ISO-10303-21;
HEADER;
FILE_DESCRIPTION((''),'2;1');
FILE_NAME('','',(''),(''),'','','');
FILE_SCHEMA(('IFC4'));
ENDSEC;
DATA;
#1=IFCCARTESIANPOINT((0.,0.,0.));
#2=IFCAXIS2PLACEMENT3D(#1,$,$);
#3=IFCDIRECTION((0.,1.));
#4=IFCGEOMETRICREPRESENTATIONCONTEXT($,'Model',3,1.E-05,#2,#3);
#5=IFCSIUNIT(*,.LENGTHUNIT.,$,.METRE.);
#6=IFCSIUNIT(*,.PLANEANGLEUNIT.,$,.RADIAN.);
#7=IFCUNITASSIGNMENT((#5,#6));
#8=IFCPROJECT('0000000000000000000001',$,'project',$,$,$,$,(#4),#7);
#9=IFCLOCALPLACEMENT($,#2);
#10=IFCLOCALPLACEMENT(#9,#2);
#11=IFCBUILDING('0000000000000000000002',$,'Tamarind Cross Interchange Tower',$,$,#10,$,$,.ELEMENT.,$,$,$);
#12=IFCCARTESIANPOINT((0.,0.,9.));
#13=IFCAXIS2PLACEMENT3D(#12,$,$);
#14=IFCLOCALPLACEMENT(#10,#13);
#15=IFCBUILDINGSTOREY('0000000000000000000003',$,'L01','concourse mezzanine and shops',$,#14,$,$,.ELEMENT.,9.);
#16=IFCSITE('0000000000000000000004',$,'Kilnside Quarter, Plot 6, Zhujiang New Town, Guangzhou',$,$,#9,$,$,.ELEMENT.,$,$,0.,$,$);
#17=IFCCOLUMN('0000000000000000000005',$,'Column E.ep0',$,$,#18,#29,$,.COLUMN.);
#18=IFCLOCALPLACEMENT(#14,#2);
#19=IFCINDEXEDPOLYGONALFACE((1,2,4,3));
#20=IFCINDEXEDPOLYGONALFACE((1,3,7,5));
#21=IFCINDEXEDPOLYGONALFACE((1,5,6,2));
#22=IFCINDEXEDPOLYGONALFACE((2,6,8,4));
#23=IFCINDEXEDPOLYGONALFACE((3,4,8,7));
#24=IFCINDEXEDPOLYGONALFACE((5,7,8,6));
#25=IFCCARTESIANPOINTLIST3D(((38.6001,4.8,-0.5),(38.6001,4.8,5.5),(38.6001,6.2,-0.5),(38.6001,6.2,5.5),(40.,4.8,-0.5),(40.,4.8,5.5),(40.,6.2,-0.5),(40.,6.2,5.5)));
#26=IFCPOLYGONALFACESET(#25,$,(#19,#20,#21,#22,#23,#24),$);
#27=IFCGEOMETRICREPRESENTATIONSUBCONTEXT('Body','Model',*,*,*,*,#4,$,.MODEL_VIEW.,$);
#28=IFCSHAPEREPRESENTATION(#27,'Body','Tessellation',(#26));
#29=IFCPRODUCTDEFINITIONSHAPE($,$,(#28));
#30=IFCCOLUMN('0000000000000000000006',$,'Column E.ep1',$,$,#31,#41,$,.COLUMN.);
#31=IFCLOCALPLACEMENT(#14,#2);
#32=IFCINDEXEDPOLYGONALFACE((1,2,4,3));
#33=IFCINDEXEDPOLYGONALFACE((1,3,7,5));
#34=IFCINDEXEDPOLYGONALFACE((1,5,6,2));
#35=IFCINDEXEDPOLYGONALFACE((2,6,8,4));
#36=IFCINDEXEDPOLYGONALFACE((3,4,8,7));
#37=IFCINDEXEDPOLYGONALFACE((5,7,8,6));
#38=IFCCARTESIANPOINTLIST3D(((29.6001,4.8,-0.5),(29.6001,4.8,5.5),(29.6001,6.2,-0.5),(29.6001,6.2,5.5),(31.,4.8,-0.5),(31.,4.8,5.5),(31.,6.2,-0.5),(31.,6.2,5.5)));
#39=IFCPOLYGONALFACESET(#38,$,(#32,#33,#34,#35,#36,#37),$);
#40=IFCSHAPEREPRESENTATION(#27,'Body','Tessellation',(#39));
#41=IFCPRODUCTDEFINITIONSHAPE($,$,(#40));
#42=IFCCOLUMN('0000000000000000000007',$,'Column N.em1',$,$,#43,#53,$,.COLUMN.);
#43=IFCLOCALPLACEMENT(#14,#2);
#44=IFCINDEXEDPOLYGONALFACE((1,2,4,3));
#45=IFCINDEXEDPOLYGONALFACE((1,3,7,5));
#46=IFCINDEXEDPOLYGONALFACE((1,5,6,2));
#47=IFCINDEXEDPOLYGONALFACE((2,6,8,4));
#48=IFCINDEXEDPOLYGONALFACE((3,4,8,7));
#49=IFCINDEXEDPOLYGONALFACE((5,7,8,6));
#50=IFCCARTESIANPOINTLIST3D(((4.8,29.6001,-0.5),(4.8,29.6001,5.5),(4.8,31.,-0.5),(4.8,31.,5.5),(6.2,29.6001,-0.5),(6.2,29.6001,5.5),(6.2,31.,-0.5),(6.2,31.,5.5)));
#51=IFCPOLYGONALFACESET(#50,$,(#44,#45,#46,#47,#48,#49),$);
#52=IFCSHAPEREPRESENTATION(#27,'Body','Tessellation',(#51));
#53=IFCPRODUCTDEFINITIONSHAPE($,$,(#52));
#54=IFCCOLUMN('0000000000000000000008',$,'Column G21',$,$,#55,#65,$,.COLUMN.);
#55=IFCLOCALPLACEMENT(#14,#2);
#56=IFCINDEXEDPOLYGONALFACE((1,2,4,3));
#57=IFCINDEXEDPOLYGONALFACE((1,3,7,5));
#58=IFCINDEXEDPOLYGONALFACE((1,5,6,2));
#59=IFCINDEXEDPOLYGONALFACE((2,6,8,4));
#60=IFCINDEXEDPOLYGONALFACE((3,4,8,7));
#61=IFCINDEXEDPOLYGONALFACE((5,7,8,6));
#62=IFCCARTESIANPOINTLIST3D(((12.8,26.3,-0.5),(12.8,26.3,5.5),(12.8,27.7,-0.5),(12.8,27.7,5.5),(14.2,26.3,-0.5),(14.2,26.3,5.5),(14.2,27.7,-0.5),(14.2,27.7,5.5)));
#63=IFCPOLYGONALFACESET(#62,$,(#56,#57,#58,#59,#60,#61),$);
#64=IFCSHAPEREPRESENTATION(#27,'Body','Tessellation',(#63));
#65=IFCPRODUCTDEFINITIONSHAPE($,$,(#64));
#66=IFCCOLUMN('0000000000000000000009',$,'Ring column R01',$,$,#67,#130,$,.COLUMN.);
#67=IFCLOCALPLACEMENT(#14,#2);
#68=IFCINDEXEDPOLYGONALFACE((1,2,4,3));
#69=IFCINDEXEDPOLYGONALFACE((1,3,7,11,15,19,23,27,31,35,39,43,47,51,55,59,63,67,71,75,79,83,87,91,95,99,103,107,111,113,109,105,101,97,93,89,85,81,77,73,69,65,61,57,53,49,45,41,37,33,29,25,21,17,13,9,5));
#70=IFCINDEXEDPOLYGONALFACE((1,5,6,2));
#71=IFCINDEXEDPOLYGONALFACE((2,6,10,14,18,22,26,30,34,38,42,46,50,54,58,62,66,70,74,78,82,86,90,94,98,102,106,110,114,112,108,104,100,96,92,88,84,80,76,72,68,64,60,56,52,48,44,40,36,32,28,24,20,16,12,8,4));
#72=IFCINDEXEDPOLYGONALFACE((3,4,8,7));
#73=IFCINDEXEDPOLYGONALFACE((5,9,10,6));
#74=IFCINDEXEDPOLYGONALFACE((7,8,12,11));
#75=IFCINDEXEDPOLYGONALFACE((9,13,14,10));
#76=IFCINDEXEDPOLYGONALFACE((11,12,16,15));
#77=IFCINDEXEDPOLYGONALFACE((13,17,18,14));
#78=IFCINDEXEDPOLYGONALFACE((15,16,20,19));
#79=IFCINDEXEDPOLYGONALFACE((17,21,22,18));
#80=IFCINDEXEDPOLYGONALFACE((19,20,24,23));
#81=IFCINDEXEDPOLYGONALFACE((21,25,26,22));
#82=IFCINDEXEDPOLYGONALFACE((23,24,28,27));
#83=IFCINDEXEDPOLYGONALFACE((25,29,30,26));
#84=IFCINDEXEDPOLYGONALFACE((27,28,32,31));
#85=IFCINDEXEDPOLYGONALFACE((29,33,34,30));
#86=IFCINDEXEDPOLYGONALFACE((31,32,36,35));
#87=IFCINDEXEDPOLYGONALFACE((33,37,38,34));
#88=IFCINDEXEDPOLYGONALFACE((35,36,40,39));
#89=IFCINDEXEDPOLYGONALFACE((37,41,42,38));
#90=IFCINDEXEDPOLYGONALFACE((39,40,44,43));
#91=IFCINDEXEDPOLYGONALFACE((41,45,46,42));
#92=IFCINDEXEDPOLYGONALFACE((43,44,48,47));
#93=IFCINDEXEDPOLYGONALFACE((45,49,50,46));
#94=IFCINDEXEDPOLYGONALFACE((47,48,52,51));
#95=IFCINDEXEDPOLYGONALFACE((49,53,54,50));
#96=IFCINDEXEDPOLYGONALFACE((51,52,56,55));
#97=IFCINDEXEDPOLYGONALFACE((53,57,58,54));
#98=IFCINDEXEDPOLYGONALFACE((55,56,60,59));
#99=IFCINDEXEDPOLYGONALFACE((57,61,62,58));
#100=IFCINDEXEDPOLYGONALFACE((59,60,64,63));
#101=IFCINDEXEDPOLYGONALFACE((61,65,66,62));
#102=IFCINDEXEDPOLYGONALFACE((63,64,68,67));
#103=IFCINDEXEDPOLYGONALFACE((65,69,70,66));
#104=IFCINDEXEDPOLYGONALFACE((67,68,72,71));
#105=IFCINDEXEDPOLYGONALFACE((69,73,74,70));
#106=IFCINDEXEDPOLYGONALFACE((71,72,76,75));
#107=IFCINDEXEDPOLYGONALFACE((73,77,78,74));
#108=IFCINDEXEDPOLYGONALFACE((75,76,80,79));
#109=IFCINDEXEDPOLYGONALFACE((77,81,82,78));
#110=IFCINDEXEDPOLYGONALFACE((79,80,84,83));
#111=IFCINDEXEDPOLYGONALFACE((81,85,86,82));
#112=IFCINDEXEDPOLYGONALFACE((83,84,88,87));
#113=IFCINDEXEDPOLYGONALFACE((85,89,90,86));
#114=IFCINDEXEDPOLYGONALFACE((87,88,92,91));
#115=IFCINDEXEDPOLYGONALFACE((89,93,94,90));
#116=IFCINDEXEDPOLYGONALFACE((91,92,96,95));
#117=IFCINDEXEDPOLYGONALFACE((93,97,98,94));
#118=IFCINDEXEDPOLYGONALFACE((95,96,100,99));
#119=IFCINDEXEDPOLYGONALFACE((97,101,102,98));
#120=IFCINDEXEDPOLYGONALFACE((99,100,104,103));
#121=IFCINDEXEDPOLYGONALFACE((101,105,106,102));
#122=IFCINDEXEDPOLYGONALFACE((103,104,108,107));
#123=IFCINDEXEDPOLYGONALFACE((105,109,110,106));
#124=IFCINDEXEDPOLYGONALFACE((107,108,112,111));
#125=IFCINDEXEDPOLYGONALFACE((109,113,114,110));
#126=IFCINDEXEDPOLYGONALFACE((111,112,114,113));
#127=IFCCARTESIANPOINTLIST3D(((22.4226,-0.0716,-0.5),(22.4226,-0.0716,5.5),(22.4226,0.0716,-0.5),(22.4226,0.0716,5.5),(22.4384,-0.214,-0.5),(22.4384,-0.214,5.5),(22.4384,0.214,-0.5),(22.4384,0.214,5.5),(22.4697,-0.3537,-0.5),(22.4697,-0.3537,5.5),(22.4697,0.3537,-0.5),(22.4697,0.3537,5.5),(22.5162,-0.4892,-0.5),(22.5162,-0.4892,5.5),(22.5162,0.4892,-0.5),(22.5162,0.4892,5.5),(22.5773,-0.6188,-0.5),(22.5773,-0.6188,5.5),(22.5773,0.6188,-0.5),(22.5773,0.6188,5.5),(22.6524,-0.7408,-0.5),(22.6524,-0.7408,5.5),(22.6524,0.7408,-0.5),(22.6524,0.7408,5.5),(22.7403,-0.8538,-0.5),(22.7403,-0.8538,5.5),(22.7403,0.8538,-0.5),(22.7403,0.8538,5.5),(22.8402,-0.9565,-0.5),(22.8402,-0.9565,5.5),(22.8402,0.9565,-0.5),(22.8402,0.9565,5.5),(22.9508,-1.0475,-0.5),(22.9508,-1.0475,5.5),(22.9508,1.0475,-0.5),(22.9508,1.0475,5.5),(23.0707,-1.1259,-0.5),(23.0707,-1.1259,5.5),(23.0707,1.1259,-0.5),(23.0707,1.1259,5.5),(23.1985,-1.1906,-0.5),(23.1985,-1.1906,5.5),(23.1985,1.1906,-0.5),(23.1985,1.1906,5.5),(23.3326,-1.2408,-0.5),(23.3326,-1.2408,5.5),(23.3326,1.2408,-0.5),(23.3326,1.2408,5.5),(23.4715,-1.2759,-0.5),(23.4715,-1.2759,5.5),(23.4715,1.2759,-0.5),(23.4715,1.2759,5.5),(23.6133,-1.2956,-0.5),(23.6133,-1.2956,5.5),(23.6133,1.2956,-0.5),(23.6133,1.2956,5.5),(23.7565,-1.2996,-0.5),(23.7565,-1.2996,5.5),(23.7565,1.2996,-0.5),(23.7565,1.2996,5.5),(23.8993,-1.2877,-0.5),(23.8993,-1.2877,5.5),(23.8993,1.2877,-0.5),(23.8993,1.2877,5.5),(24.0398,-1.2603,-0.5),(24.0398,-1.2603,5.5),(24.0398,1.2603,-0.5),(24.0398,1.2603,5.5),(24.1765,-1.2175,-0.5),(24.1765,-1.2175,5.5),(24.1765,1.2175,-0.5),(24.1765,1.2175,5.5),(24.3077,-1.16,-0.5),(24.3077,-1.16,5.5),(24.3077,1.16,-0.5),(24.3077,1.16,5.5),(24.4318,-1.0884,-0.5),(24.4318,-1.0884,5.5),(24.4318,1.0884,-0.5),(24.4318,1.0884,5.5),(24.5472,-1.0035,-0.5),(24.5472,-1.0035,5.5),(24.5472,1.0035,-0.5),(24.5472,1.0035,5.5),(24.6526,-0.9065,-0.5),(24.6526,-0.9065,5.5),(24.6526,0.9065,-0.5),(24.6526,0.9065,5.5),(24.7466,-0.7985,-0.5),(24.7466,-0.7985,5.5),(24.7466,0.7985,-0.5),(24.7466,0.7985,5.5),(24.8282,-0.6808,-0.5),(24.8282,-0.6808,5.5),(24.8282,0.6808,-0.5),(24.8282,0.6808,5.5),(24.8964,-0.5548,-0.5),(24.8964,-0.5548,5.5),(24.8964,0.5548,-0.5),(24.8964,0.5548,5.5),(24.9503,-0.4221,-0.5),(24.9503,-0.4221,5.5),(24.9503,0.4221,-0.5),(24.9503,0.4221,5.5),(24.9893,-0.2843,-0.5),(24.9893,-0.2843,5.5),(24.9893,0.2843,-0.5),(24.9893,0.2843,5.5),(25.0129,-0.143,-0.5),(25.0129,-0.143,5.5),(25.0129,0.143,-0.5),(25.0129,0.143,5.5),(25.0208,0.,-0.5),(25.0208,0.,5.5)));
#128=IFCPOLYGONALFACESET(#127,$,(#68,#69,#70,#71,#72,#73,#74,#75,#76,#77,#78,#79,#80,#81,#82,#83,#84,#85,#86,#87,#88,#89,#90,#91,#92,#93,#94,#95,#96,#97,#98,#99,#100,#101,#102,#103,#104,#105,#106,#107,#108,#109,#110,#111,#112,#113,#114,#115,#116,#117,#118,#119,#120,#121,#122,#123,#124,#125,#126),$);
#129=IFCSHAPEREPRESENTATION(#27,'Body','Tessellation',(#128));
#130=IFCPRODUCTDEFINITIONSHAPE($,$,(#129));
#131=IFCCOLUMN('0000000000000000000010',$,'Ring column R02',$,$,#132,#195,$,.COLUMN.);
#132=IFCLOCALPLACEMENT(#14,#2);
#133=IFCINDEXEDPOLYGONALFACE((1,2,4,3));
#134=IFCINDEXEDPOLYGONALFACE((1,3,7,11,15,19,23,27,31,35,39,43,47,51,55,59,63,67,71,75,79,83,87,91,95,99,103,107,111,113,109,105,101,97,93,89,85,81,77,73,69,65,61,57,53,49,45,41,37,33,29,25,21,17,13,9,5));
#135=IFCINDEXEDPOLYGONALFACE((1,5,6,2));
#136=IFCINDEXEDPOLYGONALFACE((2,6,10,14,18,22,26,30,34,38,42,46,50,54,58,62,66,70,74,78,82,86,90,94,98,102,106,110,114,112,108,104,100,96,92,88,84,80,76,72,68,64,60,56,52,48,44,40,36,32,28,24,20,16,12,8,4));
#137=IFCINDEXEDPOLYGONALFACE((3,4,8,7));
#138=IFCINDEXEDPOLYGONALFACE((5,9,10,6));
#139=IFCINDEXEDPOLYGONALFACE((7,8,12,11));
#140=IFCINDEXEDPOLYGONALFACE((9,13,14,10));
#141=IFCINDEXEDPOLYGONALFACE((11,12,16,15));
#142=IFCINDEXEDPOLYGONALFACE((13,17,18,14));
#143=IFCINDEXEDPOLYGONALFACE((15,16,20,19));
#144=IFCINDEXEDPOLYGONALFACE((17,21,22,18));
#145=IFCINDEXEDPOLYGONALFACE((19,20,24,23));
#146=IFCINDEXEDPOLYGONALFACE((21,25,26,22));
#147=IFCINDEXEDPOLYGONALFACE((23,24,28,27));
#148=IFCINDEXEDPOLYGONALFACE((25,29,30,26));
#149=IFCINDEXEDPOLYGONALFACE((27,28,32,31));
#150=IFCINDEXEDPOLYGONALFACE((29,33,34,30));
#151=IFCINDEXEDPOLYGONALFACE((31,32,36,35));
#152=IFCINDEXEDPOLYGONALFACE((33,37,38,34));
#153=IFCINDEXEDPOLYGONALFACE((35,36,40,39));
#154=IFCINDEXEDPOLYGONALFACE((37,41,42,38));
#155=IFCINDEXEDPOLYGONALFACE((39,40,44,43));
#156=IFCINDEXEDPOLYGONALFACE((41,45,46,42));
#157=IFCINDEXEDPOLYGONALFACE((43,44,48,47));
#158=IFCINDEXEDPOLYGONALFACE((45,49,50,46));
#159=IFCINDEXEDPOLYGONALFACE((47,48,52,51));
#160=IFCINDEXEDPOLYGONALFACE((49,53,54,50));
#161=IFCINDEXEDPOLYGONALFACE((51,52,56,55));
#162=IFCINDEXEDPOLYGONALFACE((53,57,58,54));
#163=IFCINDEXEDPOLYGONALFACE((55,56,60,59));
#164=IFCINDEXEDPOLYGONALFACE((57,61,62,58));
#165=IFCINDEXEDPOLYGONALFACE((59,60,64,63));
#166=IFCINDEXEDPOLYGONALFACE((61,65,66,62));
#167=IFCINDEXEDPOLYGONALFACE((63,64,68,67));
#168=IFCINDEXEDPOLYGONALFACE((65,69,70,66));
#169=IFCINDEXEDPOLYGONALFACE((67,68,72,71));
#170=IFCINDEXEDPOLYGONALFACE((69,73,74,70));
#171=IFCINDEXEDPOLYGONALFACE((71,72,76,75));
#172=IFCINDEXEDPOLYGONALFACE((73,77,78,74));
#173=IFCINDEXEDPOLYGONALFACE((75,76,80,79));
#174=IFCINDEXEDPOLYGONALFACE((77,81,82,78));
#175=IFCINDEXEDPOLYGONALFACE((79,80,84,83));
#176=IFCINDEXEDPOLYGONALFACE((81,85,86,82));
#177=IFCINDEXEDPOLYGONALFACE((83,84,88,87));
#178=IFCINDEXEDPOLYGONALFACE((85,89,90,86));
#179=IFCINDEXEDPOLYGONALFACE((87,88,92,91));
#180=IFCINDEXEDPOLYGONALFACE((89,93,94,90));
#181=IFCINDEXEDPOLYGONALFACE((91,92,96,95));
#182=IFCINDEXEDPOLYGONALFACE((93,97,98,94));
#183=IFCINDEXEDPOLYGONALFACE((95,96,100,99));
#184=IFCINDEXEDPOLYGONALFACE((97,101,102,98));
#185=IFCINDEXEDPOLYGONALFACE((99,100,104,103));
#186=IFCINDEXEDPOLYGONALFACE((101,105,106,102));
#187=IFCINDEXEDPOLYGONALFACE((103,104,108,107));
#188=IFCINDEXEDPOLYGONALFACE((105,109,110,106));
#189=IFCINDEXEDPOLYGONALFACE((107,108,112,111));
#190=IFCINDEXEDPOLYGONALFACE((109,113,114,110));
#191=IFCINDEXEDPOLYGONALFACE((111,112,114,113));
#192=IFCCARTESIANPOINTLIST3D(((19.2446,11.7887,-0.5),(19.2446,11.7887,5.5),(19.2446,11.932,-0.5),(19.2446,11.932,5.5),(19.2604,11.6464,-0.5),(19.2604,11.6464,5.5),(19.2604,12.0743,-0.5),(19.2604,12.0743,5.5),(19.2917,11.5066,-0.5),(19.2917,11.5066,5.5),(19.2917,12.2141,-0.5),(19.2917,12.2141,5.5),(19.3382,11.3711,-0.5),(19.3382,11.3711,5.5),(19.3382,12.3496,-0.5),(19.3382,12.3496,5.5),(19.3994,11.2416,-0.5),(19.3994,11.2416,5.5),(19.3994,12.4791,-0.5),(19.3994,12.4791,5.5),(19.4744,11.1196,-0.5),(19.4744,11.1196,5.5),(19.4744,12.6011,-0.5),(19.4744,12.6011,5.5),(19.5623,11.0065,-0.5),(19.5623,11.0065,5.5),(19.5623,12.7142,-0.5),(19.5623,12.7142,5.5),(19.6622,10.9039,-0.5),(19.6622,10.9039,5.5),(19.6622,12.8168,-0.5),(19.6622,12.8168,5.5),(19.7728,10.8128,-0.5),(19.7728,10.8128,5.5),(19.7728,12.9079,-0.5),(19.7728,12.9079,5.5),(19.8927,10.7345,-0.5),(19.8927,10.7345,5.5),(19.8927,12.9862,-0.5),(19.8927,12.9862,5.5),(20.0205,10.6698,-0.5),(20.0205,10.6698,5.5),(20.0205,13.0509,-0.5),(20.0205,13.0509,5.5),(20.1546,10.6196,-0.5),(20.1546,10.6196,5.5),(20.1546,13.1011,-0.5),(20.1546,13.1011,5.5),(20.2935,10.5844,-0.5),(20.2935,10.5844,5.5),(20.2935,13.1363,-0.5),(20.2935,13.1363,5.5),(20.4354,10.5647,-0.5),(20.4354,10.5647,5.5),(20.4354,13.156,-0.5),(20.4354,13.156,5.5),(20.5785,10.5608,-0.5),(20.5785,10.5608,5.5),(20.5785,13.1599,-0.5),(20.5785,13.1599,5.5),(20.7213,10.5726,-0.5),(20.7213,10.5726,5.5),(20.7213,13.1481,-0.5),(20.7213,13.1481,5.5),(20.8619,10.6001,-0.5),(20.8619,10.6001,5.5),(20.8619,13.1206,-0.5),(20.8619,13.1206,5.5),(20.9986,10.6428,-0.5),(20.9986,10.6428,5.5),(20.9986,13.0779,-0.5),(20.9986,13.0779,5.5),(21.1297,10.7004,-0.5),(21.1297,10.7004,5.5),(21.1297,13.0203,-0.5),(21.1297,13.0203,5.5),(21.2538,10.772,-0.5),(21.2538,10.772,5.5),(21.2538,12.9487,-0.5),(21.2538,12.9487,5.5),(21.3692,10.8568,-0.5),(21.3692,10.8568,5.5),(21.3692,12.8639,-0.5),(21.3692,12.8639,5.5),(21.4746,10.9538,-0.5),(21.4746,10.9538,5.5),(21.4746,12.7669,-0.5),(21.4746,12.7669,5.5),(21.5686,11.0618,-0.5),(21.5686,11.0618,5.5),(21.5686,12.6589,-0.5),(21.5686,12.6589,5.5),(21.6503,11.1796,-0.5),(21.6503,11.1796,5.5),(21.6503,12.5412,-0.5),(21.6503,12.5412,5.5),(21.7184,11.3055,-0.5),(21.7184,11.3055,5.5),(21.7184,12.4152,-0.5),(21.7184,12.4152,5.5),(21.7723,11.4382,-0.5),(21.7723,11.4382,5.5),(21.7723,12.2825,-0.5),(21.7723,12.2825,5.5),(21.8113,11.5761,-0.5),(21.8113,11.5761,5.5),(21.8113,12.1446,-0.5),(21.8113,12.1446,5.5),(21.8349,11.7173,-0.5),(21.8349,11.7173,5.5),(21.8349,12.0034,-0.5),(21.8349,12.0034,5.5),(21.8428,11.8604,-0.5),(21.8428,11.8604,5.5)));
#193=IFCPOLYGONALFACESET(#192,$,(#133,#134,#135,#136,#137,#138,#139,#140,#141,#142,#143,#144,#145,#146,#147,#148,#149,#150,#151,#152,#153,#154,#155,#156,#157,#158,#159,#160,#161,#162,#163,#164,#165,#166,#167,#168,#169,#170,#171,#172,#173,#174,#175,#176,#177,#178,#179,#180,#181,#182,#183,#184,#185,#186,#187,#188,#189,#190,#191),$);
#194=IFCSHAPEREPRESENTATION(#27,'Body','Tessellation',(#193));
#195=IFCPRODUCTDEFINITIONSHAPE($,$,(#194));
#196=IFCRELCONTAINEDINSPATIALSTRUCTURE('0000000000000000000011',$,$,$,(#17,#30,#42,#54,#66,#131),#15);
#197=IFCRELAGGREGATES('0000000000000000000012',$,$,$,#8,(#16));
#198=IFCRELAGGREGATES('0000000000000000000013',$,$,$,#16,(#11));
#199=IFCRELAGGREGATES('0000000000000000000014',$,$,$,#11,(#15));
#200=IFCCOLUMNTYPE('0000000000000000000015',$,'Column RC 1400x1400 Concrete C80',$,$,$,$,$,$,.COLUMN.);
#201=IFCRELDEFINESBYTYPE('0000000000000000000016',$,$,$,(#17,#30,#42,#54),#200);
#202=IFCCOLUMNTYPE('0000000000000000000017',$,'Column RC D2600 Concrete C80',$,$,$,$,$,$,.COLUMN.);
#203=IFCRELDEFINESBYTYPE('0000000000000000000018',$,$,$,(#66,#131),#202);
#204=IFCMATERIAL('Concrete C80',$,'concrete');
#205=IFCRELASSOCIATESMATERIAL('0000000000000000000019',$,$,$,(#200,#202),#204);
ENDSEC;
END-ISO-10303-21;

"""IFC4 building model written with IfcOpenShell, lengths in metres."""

from ifc_helpers import new_model, si_unit, direction, frame, origin, origin_2d, place, context, subcontext, project, spatial, rectangle, circle, extrude, material, material_profile, profile_set, type_object, element, save


model = new_model("IFC4")

# Units and contexts
model_context = context("Model", 3, precision=1e-05, world=origin(), true_north=direction((0.0, 1.0)))
body_context = subcontext(model_context, "Body", "Model", "MODEL_VIEW")
ifc_project = project(units=[si_unit("LENGTHUNIT", "METRE"), si_unit("PLANEANGLEUNIT", "RADIAN")], contexts=[model_context])

# Site, building, storey
site_placement = place(None, origin())
site = spatial("IfcSite", under=ifc_project, at=site_placement, Name="Kilnside Quarter, Plot 6, Zhujiang New Town, Guangzhou", CompositionType="ELEMENT", RefElevation=0.0)
building_placement = place(site_placement, origin())
building = spatial("IfcBuilding", under=site, at=building_placement, Name="Tamarind Cross Interchange Tower", CompositionType="ELEMENT")
storey_placement = place(building_placement, frame((0.0, 0.0, 9.0)))
storey = spatial("IfcBuildingStorey", under=building, at=storey_placement, Name="L01", Description="concourse mezzanine and shops", CompositionType="ELEMENT", Elevation=9.0)

# Columns
ifc_material_1 = material(Name="Concrete C80", Category="concrete")
ifc_material_profile_1 = material_profile(ifc_material_1, rectangle(XDim=1.3999, YDim=1.3999, at=origin_2d()), Name="RC 1400x1400")
ifc_profile_set_1 = profile_set([ifc_material_profile_1], Name="Concrete C80")
column_type_1 = type_object("IfcColumnType", Name="Column RC 1400x1400 Concrete C80", PredefinedType="COLUMN", material=ifc_profile_set_1)
for number, where, z_axis, x_axis, name in (
    (1, (39.3, 5.5, -0.5), (0.0, 0.0, 1.0), (1.0, 0.0, 0.0), "Column E.ep0"),
    (2, (30.3, 5.5, -0.5), (0.0, 0.0, 1.0), (1.0, 0.0, 0.0), "Column E.ep1"),
    (3, (5.5, 30.3, -0.5), (0.0, 0.0, 1.0), (1.0, 0.0, 0.0), "Column N.em1"),
    (4, (13.5, 27.0, -0.5), (0.0, 0.0, 1.0), (1.0, 0.0, 0.0), "Column G21"),
):
    element("IfcColumn", number, at=place(storey_placement, frame(where, z_axis=z_axis, x_axis=x_axis)), inside=storey, type_object=column_type_1, Name=name, PredefinedType="COLUMN", context=body_context, shape_type="SweptSolid", body=[
        extrude(rectangle(XDim=1.3999, YDim=1.3999, at=origin_2d()), origin(), (0.0, 0.0, 1.0), 6.0),
    ])
ifc_material_profile_2 = material_profile(ifc_material_1, circle(Radius=1.3, at=origin_2d()), Name="RC D2600")
ifc_profile_set_2 = profile_set([ifc_material_profile_2], Name="Concrete C80")
column_type_2 = type_object("IfcColumnType", Name="Column RC D2600 Concrete C80", PredefinedType="COLUMN", material=ifc_profile_set_2)
for number, where, z_axis, x_axis, name in (
    (5, (23.7207, 0.0, -0.5), (0.0, 0.0, 1.0), (1.0, 0.0, 0.0), "Ring column R01"),
    (6, (20.5427, 11.8604, -0.5), (0.0, 0.0, 1.0), (1.0, 0.0, 0.0), "Ring column R02"),
):
    element("IfcColumn", number, at=place(storey_placement, frame(where, z_axis=z_axis, x_axis=x_axis)), inside=storey, type_object=column_type_2, Name=name, PredefinedType="COLUMN", context=body_context, shape_type="SweptSolid", body=[
        extrude(circle(Radius=1.3, at=origin_2d()), origin(), (0.0, 0.0, 1.0), 6.0),
    ])

save(model, "model.ifc")
